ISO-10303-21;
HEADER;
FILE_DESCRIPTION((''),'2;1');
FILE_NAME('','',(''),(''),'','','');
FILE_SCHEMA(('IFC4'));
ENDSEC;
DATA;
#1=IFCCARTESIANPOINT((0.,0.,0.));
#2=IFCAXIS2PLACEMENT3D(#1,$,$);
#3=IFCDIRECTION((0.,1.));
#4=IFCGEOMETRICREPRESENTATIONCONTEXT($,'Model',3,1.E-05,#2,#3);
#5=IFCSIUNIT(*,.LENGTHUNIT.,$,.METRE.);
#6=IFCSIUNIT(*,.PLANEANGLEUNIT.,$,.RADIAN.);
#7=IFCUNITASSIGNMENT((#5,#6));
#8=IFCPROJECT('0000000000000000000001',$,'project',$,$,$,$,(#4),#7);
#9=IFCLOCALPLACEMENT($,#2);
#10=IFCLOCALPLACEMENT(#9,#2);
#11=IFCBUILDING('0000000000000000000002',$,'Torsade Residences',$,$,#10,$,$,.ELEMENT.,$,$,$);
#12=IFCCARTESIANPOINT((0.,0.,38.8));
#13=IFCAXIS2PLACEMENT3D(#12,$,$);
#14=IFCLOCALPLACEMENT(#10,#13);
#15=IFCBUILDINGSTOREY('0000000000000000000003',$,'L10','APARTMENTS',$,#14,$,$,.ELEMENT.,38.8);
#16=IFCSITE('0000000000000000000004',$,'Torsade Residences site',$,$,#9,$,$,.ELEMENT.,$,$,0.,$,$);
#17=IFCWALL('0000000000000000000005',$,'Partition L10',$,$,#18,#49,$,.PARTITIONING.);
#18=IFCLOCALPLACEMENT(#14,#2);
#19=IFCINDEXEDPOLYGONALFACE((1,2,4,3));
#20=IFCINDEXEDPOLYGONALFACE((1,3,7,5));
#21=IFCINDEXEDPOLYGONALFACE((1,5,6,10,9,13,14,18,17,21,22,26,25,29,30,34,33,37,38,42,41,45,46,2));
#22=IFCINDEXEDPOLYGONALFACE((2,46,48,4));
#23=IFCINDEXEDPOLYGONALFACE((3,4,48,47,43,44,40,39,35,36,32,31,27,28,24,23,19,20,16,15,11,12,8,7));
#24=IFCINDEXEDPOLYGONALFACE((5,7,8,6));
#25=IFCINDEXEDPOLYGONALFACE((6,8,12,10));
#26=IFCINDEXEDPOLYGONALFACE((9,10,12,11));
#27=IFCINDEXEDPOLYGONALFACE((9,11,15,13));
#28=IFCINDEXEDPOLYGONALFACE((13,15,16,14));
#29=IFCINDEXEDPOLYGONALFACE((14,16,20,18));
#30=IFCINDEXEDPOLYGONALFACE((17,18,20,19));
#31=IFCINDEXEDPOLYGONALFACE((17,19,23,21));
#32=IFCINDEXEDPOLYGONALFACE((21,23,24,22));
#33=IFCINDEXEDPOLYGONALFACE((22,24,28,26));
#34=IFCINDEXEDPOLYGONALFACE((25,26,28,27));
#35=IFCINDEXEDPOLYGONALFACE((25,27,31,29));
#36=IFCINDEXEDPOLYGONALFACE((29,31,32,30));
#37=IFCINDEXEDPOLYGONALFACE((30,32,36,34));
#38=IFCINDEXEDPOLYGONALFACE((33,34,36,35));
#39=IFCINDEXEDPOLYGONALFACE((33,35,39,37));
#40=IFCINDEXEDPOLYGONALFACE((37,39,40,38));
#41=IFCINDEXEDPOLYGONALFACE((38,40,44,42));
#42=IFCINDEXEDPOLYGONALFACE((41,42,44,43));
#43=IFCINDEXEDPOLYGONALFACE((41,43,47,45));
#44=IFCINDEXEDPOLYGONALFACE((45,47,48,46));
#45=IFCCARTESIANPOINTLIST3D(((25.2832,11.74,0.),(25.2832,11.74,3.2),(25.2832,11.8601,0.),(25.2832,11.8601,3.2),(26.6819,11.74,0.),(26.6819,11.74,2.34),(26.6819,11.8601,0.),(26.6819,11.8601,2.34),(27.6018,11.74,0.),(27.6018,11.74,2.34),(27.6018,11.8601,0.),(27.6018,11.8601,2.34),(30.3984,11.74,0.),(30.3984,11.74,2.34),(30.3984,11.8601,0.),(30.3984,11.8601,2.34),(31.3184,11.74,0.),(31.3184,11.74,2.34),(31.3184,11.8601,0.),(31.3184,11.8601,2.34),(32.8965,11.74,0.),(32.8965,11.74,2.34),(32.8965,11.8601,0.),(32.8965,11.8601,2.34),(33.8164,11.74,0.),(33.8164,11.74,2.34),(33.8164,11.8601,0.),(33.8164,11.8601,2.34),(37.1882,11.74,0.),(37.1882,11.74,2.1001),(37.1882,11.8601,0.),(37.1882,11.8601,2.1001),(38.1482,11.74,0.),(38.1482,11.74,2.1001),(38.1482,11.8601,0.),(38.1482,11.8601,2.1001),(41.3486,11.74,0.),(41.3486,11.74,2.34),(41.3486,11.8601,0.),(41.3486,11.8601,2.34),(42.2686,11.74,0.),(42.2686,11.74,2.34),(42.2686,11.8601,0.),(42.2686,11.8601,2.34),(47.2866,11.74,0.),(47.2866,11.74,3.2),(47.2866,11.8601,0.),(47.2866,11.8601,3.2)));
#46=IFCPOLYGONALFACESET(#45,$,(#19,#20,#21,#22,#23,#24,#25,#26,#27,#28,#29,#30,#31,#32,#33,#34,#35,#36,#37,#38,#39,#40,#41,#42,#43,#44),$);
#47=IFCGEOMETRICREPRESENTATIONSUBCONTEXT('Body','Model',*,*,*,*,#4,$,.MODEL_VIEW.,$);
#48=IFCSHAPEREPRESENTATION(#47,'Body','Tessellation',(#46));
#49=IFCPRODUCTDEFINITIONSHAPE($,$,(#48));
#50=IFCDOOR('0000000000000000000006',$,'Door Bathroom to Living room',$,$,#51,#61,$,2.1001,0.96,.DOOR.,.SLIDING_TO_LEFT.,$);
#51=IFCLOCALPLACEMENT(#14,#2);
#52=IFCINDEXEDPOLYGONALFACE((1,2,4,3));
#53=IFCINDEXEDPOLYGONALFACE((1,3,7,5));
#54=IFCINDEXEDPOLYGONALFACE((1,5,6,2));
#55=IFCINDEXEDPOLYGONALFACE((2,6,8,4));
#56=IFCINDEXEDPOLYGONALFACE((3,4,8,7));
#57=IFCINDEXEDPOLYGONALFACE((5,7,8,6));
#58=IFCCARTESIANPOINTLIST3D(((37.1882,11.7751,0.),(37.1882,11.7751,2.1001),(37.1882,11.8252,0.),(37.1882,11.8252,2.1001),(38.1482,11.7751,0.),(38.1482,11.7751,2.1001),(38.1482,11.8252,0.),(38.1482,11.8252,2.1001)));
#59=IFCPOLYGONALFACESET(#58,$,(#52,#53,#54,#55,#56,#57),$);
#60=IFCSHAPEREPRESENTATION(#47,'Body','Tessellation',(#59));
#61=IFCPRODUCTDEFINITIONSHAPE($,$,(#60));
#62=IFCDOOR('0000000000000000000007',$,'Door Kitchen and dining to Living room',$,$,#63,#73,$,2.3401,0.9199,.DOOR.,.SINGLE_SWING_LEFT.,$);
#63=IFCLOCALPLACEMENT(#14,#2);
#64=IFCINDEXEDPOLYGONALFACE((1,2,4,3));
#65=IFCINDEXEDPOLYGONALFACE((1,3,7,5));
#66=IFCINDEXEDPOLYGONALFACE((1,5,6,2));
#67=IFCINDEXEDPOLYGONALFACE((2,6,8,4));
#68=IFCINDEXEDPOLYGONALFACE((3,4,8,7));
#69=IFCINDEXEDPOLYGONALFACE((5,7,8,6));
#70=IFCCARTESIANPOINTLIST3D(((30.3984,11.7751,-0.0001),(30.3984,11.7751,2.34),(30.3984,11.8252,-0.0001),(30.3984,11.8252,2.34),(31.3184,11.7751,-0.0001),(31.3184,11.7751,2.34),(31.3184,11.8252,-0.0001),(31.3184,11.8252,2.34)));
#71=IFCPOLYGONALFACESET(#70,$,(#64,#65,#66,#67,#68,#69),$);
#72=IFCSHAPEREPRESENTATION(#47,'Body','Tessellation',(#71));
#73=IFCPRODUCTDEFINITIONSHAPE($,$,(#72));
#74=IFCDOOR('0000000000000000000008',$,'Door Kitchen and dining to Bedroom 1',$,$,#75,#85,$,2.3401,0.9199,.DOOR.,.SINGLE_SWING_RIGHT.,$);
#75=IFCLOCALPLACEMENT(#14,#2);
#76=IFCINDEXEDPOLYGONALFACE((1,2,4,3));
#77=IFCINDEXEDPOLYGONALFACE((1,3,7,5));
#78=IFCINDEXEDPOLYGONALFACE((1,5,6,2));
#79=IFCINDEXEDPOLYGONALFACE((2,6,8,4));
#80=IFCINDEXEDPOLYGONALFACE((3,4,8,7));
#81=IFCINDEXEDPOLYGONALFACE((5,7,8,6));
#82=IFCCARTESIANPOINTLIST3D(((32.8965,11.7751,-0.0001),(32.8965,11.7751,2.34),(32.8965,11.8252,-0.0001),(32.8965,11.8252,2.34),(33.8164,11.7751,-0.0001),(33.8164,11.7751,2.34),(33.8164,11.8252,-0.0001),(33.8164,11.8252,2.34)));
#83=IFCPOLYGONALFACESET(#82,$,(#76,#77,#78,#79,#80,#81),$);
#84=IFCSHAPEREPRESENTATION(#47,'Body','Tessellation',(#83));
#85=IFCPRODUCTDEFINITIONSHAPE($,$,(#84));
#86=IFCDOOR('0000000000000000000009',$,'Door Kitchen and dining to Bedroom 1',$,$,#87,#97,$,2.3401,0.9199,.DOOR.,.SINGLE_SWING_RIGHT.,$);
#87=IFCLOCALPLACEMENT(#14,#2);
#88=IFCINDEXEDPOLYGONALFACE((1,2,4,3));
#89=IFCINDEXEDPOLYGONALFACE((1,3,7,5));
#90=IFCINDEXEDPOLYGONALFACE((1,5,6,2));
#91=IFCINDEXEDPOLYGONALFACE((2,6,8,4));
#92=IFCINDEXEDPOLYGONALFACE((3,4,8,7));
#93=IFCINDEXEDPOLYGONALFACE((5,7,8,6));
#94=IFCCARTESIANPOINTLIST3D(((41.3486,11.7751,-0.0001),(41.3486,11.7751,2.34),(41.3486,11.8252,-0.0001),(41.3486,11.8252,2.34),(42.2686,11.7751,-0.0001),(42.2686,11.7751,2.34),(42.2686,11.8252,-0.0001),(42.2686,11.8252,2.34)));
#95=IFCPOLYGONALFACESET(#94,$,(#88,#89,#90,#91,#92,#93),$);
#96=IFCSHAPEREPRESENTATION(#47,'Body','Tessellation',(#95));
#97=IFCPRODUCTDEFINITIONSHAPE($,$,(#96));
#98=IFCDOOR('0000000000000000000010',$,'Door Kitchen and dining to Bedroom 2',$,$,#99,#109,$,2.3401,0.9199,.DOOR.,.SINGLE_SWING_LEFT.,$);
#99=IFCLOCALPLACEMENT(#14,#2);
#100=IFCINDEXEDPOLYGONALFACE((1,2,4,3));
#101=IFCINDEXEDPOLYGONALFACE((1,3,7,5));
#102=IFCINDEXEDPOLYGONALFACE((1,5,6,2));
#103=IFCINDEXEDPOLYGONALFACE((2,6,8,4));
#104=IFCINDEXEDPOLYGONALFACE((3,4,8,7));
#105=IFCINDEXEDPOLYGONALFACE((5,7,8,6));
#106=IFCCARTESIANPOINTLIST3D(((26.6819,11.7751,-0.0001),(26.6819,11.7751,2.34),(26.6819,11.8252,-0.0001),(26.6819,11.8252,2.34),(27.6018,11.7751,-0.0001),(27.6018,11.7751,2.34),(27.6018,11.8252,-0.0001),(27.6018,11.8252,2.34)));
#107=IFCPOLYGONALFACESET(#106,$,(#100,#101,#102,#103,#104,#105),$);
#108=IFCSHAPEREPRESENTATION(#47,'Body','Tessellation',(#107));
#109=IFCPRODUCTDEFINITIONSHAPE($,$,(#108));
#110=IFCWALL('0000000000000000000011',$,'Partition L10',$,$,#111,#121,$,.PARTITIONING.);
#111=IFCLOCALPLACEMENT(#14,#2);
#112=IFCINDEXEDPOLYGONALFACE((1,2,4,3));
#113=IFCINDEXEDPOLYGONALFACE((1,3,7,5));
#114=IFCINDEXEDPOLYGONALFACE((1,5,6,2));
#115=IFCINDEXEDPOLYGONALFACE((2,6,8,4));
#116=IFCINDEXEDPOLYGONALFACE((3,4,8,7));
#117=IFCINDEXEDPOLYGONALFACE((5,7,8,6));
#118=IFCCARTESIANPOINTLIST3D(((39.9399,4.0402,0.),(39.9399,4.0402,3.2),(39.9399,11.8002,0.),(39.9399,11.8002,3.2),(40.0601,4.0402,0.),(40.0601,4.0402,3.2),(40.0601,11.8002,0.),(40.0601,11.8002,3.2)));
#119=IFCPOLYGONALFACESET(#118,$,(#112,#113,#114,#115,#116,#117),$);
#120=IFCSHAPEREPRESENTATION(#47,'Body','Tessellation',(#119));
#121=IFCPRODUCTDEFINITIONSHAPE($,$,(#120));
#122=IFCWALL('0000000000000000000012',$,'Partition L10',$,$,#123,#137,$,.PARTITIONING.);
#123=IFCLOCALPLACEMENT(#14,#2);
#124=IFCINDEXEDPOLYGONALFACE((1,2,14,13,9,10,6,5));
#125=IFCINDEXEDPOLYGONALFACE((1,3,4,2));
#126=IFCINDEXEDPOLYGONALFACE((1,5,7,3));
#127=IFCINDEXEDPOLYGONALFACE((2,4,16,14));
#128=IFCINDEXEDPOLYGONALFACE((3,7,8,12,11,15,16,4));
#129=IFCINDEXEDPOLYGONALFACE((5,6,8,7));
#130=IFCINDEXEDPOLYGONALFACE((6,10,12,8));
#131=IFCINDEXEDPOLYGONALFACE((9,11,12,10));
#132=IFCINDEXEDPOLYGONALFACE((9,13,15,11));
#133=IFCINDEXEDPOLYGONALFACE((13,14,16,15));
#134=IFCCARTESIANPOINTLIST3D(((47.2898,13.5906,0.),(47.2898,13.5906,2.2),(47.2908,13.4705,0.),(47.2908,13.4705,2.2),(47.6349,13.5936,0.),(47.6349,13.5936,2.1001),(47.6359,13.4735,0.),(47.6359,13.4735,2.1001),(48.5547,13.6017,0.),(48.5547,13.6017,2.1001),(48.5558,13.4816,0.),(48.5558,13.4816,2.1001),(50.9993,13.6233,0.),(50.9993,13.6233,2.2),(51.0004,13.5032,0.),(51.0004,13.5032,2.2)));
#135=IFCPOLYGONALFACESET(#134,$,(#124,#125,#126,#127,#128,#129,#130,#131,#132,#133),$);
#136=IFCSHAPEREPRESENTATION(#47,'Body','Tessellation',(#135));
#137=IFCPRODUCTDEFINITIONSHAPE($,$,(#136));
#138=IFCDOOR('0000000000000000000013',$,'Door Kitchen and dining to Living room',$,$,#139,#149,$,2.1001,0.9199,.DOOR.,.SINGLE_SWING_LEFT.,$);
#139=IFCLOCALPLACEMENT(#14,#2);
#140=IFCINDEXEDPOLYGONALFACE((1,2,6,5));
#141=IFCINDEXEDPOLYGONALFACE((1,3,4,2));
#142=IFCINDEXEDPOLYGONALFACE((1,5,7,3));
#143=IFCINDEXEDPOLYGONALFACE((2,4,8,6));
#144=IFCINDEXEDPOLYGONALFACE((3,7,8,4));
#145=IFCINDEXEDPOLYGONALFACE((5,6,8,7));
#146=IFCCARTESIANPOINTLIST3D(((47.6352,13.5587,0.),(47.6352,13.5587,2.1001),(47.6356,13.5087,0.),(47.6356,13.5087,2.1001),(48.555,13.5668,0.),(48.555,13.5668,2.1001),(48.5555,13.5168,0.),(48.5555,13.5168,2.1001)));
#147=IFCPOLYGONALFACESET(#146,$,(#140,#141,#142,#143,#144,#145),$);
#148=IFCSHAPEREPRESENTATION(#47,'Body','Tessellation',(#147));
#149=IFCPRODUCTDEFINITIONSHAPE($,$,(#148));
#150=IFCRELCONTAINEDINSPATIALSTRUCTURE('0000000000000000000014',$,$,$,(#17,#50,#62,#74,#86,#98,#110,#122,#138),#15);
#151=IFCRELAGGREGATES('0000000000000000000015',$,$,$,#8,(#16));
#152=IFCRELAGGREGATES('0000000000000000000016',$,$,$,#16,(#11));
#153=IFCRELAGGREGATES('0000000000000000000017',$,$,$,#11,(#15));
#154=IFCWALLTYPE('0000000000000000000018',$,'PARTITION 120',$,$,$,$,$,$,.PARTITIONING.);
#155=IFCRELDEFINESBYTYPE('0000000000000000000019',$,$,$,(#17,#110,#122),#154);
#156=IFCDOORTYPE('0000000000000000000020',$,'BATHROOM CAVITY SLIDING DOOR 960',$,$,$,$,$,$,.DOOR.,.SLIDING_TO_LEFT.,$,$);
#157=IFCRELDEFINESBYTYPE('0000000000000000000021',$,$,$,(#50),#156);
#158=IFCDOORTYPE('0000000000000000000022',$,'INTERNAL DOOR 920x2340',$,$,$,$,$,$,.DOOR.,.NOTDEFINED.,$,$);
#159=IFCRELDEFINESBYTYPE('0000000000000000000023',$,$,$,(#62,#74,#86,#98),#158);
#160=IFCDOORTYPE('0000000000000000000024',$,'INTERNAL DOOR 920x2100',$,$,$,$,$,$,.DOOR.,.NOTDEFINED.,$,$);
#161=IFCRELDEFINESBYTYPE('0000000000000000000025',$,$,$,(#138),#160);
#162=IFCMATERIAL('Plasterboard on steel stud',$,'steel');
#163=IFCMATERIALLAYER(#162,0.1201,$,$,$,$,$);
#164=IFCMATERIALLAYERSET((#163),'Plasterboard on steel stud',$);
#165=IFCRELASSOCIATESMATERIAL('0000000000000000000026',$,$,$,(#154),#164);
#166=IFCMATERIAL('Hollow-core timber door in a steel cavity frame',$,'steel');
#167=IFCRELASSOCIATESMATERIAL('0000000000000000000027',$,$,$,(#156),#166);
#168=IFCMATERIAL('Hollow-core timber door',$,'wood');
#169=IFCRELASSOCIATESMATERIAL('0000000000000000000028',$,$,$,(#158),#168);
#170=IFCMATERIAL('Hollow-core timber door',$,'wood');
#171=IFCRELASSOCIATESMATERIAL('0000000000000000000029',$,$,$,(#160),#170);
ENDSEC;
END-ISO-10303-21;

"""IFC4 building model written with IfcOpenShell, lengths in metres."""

from ifc_helpers import new_model, si_unit, direction, frame, frame_2d, origin, place, context, subcontext, project, spatial, rectangle, extrude, material, layer, layer_set, type_object, element, fill, save


model = new_model("IFC4")

# Units and contexts
model_context = context("Model", 3, precision=1e-05, world=origin(), true_north=direction((0.0, 1.0)))
body_context = subcontext(model_context, "Body", "Model", "MODEL_VIEW")
ifc_project = project(units=[si_unit("LENGTHUNIT", "METRE"), si_unit("PLANEANGLEUNIT", "RADIAN")], contexts=[model_context])

# Site, building, storey
site_placement = place(None, origin())
site = spatial("IfcSite", under=ifc_project, at=site_placement, Name="Torsade Residences site", CompositionType="ELEMENT", RefElevation=0.0)
building_placement = place(site_placement, origin())
building = spatial("IfcBuilding", under=site, at=building_placement, Name="Torsade Residences", CompositionType="ELEMENT")
storey_placement = place(building_placement, frame((0.0, 0.0, 38.8)))
storey = spatial("IfcBuildingStorey", under=building, at=storey_placement, Name="L10", Description="APARTMENTS", CompositionType="ELEMENT", Elevation=38.8)

# Wall, openings, doors
ifc_material_1 = material(Name="Plasterboard on steel stud", Category="steel")
ifc_layer_1 = layer(ifc_material_1, 0.1201)
ifc_layer_set_1 = layer_set([ifc_layer_1], Name="Plasterboard on steel stud")
wall_type_1 = type_object("IfcWallType", Name="PARTITION 120", PredefinedType="PARTITIONING", material=ifc_layer_set_1)
wall_1_placement = place(storey_placement, frame((47.2866, 11.8, 0.0), z_axis=(0.0, 0.0, 1.0), x_axis=(-1.0, 0.0, 0.0)))
wall_1 = element("IfcWall", 1, at=wall_1_placement, inside=storey, type_object=wall_type_1, Name="Partition L10", PredefinedType="PARTITIONING", context=body_context, shape_type="SweptSolid", body=[
    extrude(rectangle(XDim=22.0034, YDim=0.1201, at=frame_2d((11.0017, 0.0))), origin(), (0.0, 0.0, 1.0), 3.2),
])
opening_1_placement = place(wall_1_placement, frame((15.9683, 0.0, 0.0)))
opening_1 = element("IfcOpeningElement", 2, at=opening_1_placement, cuts=wall_1, PredefinedType="OPENING", context=body_context, shape_type="SweptSolid", body=[
    extrude(rectangle(XDim=0.9199, YDim=2.3401, at=frame_2d((0.46, 1.1699))), frame((0.0, 0.0701, 0.0), z_axis=(0.0, -1.0, 0.0), x_axis=(1.0, 0.0, 0.0)), (0.0, 0.0, 1.0), 0.1401),
])
opening_2_placement = place(wall_1_placement, frame((13.4702, 0.0, 0.0)))
opening_2 = element("IfcOpeningElement", 3, at=opening_2_placement, cuts=wall_1, PredefinedType="OPENING", context=body_context, shape_type="SweptSolid", body=[
    extrude(rectangle(XDim=0.9199, YDim=2.3401, at=frame_2d((0.46, 1.1699))), frame((0.0, 0.0701, 0.0), z_axis=(0.0, -1.0, 0.0), x_axis=(1.0, 0.0, 0.0)), (0.0, 0.0, 1.0), 0.1401),
])
opening_3_placement = place(wall_1_placement, frame((5.0181, 0.0, 0.0)))
opening_3 = element("IfcOpeningElement", 4, at=opening_3_placement, cuts=wall_1, PredefinedType="OPENING", context=body_context, shape_type="SweptSolid", body=[
    extrude(rectangle(XDim=0.9199, YDim=2.3401, at=frame_2d((0.46, 1.1699))), frame((0.0, 0.0701, 0.0), z_axis=(0.0, -1.0, 0.0), x_axis=(1.0, 0.0, 0.0)), (0.0, 0.0, 1.0), 0.1401),
])
opening_4_placement = place(wall_1_placement, frame((19.6848, 0.0, 0.0)))
opening_4 = element("IfcOpeningElement", 5, at=opening_4_placement, cuts=wall_1, PredefinedType="OPENING", context=body_context, shape_type="SweptSolid", body=[
    extrude(rectangle(XDim=0.9199, YDim=2.3401, at=frame_2d((0.46, 1.1699))), frame((0.0, 0.0701, 0.0), z_axis=(0.0, -1.0, 0.0), x_axis=(1.0, 0.0, 0.0)), (0.0, 0.0, 1.0), 0.1401),
])
opening_5_placement = place(wall_1_placement, frame((9.1384, 0.0, 0.0)))
opening_5 = element("IfcOpeningElement", 6, at=opening_5_placement, cuts=wall_1, PredefinedType="OPENING", context=body_context, shape_type="SweptSolid", body=[
    extrude(rectangle(XDim=0.96, YDim=2.1001, at=frame_2d((0.48, 1.05))), frame((0.0, 0.0701, 0.0), z_axis=(0.0, -1.0, 0.0), x_axis=(1.0, 0.0, 0.0)), (0.0, 0.0, 1.0), 0.1401),
])
ifc_material_2 = material(Name="Hollow-core timber door in a steel cavity frame", Category="steel")
door_type_1 = type_object("IfcDoorType", Name="BATHROOM CAVITY SLIDING DOOR 960", OperationType="SLIDING_TO_LEFT", PredefinedType="DOOR", material=ifc_material_2)
door_1_placement = place(opening_5_placement, origin())
door_1 = element("IfcDoor", 7, at=door_1_placement, inside=storey, type_object=door_type_1, Name="Door Bathroom to Living room", OperationType="SLIDING_TO_LEFT", OverallHeight=2.1001, OverallWidth=0.96, PredefinedType="DOOR", context=body_context, shape_type="SweptSolid", body=[
    extrude(rectangle(XDim=0.96, YDim=2.1001, at=frame_2d((0.48, 1.05))), frame((0.0, 0.0249, 0.0), z_axis=(0.0, -1.0, 0.0), x_axis=(1.0, 0.0, 0.0)), (0.0, 0.0, 1.0), 0.05),
])
fill(opening_5, door_1)
ifc_material_3 = material(Name="Hollow-core timber door", Category="wood")
door_type_2 = type_object("IfcDoorType", Name="INTERNAL DOOR 920x2340", OperationType="NOTDEFINED", PredefinedType="DOOR", material=ifc_material_3)
door_2_placement = place(opening_1_placement, origin())
door_2 = element("IfcDoor", 8, at=door_2_placement, inside=storey, type_object=door_type_2, Name="Door Kitchen and dining to Living room", OperationType="SINGLE_SWING_LEFT", OverallHeight=2.3401, OverallWidth=0.9199, PredefinedType="DOOR", context=body_context, shape_type="SweptSolid", body=[
    extrude(rectangle(XDim=0.9199, YDim=2.3401, at=frame_2d((0.46, 1.1699))), frame((0.0, 0.0249, 0.0), z_axis=(0.0, -1.0, 0.0), x_axis=(1.0, 0.0, 0.0)), (0.0, 0.0, 1.0), 0.05),
])
fill(opening_1, door_2)
door_3_placement = place(opening_2_placement, origin())
door_3 = element("IfcDoor", 9, at=door_3_placement, inside=storey, type_object=door_type_2, Name="Door Kitchen and dining to Bedroom 1", OperationType="SINGLE_SWING_RIGHT", OverallHeight=2.3401, OverallWidth=0.9199, PredefinedType="DOOR", context=body_context, shape_type="SweptSolid", body=[
    extrude(rectangle(XDim=0.9199, YDim=2.3401, at=frame_2d((0.46, 1.1699))), frame((0.0, 0.0249, 0.0), z_axis=(0.0, -1.0, 0.0), x_axis=(1.0, 0.0, 0.0)), (0.0, 0.0, 1.0), 0.05),
])
fill(opening_2, door_3)
door_4_placement = place(opening_3_placement, origin())
door_4 = element("IfcDoor", 10, at=door_4_placement, inside=storey, type_object=door_type_2, Name="Door Kitchen and dining to Bedroom 1", OperationType="SINGLE_SWING_RIGHT", OverallHeight=2.3401, OverallWidth=0.9199, PredefinedType="DOOR", context=body_context, shape_type="SweptSolid", body=[
    extrude(rectangle(XDim=0.9199, YDim=2.3401, at=frame_2d((0.46, 1.1699))), frame((0.0, 0.0249, 0.0), z_axis=(0.0, -1.0, 0.0), x_axis=(1.0, 0.0, 0.0)), (0.0, 0.0, 1.0), 0.05),
])
fill(opening_3, door_4)
door_5_placement = place(opening_4_placement, origin())
door_5 = element("IfcDoor", 11, at=door_5_placement, inside=storey, type_object=door_type_2, Name="Door Kitchen and dining to Bedroom 2", OperationType="SINGLE_SWING_LEFT", OverallHeight=2.3401, OverallWidth=0.9199, PredefinedType="DOOR", context=body_context, shape_type="SweptSolid", body=[
    extrude(rectangle(XDim=0.9199, YDim=2.3401, at=frame_2d((0.46, 1.1699))), frame((0.0, 0.0249, 0.0), z_axis=(0.0, -1.0, 0.0), x_axis=(1.0, 0.0, 0.0)), (0.0, 0.0, 1.0), 0.05),
])
fill(opening_4, door_5)

# Wall
wall_2_placement = place(storey_placement, frame((40.0, 11.8, 0.0), z_axis=(0.0, 0.0, 1.0), x_axis=(0.0, -1.0, 0.0)))
element("IfcWall", 12, at=wall_2_placement, inside=storey, type_object=wall_type_1, Name="Partition L10", PredefinedType="PARTITIONING", context=body_context, shape_type="SweptSolid", body=[
    extrude(rectangle(XDim=7.76, YDim=0.1201, at=frame_2d((3.8799, 0.0))), origin(), (0.0, 0.0, 1.0), 3.2),
])

# Wall, opening, door
wall_3_placement = place(storey_placement, frame((51.0, 13.5632, 0.0), z_axis=(0.0, 0.0, 1.0), x_axis=(-0.999961, -0.008819, 0.0)))
wall_3 = element("IfcWall", 13, at=wall_3_placement, inside=storey, type_object=wall_type_1, Name="Partition L10", PredefinedType="PARTITIONING", context=body_context, shape_type="SweptSolid", body=[
    extrude(rectangle(XDim=3.7097, YDim=0.1201, at=frame_2d((1.855, 0.0))), origin(), (0.0, 0.0, 1.0), 2.2),
])
opening_6_placement = place(wall_3_placement, frame((2.4448, 0.0, 0.0)))
opening_6 = element("IfcOpeningElement", 14, at=opening_6_placement, cuts=wall_3, PredefinedType="OPENING", context=body_context, shape_type="SweptSolid", body=[
    extrude(rectangle(XDim=0.9199, YDim=2.1001, at=frame_2d((0.46, 1.05))), frame((0.0, 0.0701, 0.0), z_axis=(0.0, -1.0, 0.0), x_axis=(1.0, 0.0, 0.0)), (0.0, 0.0, 1.0), 0.1401),
])
ifc_material_4 = material(Name="Hollow-core timber door", Category="wood")
door_type_3 = type_object("IfcDoorType", Name="INTERNAL DOOR 920x2100", OperationType="NOTDEFINED", PredefinedType="DOOR", material=ifc_material_4)
door_6_placement = place(opening_6_placement, origin())
door_6 = element("IfcDoor", 15, at=door_6_placement, inside=storey, type_object=door_type_3, Name="Door Kitchen and dining to Living room", OperationType="SINGLE_SWING_LEFT", OverallHeight=2.1001, OverallWidth=0.9199, PredefinedType="DOOR", context=body_context, shape_type="SweptSolid", body=[
    extrude(rectangle(XDim=0.9199, YDim=2.1001, at=frame_2d((0.46, 1.05))), frame((0.0, 0.0249, 0.0), z_axis=(0.0, -1.0, 0.0), x_axis=(1.0, 0.0, 0.0)), (0.0, 0.0, 1.0), 0.05),
])
fill(opening_6, door_6)

save(model, "model.ifc")
